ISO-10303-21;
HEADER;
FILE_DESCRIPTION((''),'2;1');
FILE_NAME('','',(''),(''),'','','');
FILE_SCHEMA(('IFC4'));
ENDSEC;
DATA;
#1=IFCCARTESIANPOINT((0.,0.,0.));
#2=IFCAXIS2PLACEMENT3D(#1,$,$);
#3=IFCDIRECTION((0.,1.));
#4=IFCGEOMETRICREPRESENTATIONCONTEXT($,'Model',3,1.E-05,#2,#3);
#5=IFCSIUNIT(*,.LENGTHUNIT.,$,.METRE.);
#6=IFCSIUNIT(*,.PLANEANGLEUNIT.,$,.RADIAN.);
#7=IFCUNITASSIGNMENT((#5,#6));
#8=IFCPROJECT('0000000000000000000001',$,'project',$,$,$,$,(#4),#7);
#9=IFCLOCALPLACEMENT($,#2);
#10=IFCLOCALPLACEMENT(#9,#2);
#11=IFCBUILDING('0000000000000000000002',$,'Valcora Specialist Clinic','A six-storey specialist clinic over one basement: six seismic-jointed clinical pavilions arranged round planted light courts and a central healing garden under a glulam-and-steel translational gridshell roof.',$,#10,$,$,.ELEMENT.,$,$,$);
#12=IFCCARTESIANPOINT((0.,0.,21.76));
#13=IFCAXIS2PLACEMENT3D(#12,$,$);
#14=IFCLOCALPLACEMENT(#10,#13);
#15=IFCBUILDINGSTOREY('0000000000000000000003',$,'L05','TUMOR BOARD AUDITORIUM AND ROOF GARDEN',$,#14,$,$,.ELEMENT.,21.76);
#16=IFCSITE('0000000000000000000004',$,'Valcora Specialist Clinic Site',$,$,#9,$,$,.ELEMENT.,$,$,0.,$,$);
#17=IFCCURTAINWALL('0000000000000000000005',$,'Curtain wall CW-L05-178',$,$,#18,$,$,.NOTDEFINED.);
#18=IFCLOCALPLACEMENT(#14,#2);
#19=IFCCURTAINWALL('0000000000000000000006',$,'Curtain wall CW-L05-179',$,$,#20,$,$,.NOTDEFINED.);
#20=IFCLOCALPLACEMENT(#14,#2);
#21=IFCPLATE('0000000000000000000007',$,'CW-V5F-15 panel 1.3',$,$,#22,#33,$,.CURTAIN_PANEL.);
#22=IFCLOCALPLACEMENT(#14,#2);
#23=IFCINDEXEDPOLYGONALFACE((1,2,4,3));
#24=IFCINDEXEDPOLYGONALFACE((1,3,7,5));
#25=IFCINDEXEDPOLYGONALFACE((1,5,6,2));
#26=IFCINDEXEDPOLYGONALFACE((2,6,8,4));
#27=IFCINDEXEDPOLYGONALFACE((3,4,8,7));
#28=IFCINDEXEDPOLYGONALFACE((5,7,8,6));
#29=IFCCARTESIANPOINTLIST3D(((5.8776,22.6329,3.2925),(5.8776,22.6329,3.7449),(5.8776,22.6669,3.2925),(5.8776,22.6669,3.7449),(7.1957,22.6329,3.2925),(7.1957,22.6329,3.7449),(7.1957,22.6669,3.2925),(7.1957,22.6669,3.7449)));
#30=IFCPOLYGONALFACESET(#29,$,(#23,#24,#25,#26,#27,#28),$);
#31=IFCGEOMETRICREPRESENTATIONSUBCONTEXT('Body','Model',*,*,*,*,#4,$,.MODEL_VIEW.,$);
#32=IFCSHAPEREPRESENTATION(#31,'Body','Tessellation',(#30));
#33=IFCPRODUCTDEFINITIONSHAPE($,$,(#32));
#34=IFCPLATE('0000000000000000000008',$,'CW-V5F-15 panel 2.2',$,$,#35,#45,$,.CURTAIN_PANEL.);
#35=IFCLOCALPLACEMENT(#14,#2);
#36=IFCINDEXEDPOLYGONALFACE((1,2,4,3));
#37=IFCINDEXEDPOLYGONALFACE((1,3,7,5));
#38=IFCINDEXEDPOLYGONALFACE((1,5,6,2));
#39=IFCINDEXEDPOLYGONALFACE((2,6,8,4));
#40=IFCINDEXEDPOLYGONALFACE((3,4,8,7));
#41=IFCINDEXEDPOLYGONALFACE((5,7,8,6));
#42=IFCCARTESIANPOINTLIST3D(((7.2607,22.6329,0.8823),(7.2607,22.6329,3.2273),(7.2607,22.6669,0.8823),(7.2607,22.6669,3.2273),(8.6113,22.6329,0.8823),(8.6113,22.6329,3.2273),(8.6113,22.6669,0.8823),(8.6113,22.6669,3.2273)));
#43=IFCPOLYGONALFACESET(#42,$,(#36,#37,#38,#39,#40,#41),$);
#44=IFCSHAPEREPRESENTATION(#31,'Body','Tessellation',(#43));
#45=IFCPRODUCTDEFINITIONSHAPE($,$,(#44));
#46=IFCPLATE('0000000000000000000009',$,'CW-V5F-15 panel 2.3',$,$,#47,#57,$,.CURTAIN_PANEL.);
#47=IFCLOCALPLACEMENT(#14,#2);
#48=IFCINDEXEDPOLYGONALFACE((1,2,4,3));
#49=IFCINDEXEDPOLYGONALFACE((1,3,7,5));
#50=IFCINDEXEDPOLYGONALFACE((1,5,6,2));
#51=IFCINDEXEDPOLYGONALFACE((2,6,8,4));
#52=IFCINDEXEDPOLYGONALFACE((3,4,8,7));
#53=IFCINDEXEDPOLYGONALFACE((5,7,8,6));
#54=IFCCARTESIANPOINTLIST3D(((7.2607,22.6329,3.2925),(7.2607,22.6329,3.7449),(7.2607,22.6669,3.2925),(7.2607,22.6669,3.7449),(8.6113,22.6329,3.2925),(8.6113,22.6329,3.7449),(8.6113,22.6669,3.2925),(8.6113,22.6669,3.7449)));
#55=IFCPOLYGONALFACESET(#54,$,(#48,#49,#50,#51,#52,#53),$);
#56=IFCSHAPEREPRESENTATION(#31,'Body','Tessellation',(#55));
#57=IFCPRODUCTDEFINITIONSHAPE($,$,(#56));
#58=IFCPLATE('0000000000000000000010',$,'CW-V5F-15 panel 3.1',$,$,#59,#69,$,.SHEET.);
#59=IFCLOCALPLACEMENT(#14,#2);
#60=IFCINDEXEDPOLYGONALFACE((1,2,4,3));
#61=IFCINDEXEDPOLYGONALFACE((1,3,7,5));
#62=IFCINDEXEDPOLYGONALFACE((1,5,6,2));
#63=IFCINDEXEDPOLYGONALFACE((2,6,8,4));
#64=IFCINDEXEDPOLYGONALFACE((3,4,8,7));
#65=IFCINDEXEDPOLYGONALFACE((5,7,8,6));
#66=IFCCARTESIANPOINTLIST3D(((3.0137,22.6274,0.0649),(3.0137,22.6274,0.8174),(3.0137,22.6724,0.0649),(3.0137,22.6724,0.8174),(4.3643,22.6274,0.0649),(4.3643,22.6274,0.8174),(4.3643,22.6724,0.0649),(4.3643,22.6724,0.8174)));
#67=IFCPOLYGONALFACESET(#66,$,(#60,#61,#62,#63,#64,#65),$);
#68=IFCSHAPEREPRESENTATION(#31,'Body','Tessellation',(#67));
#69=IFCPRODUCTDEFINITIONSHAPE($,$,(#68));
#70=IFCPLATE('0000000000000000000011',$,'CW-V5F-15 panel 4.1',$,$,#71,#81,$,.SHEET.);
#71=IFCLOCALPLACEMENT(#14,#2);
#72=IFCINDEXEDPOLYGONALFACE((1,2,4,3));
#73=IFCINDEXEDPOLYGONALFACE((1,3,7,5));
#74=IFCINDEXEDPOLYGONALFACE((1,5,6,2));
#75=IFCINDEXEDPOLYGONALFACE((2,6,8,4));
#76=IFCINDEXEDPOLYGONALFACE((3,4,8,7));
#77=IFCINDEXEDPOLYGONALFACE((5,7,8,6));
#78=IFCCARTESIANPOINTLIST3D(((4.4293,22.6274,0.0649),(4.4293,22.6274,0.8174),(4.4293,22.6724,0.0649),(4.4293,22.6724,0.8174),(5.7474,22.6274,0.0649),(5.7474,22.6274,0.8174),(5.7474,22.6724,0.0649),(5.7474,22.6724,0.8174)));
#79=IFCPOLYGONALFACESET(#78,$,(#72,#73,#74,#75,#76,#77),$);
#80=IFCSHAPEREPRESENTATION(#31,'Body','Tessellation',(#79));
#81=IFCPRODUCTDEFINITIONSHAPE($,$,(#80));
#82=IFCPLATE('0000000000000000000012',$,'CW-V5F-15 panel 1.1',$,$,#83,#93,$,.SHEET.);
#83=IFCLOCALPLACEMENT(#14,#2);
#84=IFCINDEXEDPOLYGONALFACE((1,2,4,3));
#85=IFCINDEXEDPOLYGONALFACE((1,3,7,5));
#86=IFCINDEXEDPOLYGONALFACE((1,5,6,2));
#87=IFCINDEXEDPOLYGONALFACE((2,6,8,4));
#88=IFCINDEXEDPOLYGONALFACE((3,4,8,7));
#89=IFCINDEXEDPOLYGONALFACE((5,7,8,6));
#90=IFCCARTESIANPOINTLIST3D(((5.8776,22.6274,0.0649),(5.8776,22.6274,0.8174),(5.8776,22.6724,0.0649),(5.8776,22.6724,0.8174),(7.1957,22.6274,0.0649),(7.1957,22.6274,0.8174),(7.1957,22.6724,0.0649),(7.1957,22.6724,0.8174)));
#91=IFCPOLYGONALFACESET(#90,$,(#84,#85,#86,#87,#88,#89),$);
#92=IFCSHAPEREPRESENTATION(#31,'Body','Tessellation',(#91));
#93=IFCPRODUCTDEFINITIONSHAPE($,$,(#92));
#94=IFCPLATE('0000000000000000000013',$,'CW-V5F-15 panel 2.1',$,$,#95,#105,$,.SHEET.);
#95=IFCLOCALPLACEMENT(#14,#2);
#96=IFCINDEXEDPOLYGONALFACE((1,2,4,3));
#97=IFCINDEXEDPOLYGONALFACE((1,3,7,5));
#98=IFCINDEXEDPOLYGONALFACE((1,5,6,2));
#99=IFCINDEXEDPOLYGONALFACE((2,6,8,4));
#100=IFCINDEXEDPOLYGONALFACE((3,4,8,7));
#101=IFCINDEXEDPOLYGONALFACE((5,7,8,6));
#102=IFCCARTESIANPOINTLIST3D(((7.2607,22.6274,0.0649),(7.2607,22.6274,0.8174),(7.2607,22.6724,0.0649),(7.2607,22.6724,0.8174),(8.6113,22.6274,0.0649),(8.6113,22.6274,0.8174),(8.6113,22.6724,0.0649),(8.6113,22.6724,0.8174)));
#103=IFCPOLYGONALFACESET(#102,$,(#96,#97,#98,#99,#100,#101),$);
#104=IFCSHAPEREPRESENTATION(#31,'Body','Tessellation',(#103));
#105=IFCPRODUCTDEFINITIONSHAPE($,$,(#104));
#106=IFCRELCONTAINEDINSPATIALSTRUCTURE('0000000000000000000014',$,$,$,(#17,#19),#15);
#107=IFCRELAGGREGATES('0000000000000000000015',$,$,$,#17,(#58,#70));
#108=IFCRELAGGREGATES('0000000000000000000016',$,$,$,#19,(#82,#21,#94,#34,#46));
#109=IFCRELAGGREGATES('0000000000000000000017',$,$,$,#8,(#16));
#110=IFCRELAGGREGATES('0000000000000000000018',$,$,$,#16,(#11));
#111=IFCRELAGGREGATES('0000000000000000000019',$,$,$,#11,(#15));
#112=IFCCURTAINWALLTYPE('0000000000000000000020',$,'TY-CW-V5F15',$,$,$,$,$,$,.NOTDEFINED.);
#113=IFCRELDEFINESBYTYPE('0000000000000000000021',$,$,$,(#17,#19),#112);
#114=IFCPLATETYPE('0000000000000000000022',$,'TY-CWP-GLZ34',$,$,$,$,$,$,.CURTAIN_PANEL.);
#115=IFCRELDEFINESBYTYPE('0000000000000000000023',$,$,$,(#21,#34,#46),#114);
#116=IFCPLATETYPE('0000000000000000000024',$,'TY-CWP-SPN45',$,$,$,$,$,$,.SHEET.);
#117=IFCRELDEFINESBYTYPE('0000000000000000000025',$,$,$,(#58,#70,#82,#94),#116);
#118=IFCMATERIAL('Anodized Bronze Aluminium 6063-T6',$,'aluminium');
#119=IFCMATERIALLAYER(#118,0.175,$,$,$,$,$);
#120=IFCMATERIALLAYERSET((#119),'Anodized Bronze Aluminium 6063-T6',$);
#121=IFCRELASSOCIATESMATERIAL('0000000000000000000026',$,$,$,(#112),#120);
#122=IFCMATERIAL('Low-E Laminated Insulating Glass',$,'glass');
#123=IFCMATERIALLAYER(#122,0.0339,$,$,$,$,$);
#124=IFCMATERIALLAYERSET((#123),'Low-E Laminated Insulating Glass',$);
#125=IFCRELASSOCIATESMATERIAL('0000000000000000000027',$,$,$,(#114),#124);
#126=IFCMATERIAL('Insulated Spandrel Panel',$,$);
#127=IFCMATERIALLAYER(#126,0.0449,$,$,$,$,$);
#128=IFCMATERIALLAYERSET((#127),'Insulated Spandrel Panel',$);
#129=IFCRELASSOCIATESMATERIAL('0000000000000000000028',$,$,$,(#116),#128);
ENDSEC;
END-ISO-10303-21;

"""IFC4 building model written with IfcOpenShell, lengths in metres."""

from ifc_helpers import new_model, si_unit, direction, frame, origin, origin_2d, place, context, subcontext, project, spatial, rectangle, extrude, material, layer, layer_set, type_object, element, aggregate, save


model = new_model("IFC4")

# Units and contexts
model_context = context("Model", 3, precision=1e-05, world=origin(), true_north=direction((0.0, 1.0)))
body_context = subcontext(model_context, "Body", "Model", "MODEL_VIEW")
ifc_project = project(units=[si_unit("LENGTHUNIT", "METRE"), si_unit("PLANEANGLEUNIT", "RADIAN")], contexts=[model_context])

# Site, building, storey
site_placement = place(None, origin())
site = spatial("IfcSite", under=ifc_project, at=site_placement, Name="Valcora Specialist Clinic Site", CompositionType="ELEMENT", RefElevation=0.0)
building_placement = place(site_placement, origin())
building = spatial("IfcBuilding", under=site, at=building_placement, Name="Valcora Specialist Clinic", Description="A six-storey specialist clinic over one basement: six seismic-jointed clinical pavilions arranged round planted light courts and a central healing garden under a glulam-and-steel translational gridshell roof.", CompositionType="ELEMENT")
storey_placement = place(building_placement, frame((0.0, 0.0, 21.76)))
storey = spatial("IfcBuildingStorey", under=building, at=storey_placement, Name="L05", Description="TUMOR BOARD AUDITORIUM AND ROOF GARDEN", CompositionType="ELEMENT", Elevation=21.76)

# Curtain walls
ifc_material_1 = material(Name="Anodized Bronze Aluminium 6063-T6", Category="aluminium")
ifc_layer_1 = layer(ifc_material_1, 0.175)
ifc_layer_set_1 = layer_set([ifc_layer_1], Name="Anodized Bronze Aluminium 6063-T6")
curtain_wall_type = type_object("IfcCurtainWallType", Name="TY-CW-V5F15", PredefinedType="NOTDEFINED", material=ifc_layer_set_1)
curtain_wall_1_placement = place(storey_placement, origin())
curtain_wall_1 = element("IfcCurtainWall", 1, at=curtain_wall_1_placement, inside=storey, type_object=curtain_wall_type, Name="Curtain wall CW-L05-178", PredefinedType="NOTDEFINED")
curtain_wall_2_placement = place(storey_placement, origin())
curtain_wall_2 = element("IfcCurtainWall", 2, at=curtain_wall_2_placement, inside=storey, type_object=curtain_wall_type, Name="Curtain wall CW-L05-179", PredefinedType="NOTDEFINED")

# Plates
ifc_material_2 = material(Name="Low-E Laminated Insulating Glass", Category="glass")
ifc_layer_2 = layer(ifc_material_2, 0.0339)
ifc_layer_set_2 = layer_set([ifc_layer_2], Name="Low-E Laminated Insulating Glass")
plate_type_1 = type_object("IfcPlateType", Name="TY-CWP-GLZ34", PredefinedType="CURTAIN_PANEL", material=ifc_layer_set_2)
plate_1_placement = place(storey_placement, frame((6.5366, 22.6499, 3.2925), z_axis=(0.0, 0.0, 1.0), x_axis=(1.0, 0.0, 0.0)))
plate_1 = element("IfcPlate", 3, at=plate_1_placement, type_object=plate_type_1, Name="CW-V5F-15 panel 1.3", PredefinedType="CURTAIN_PANEL", context=body_context, shape_type="SweptSolid", body=[
    extrude(rectangle(XDim=1.3181, YDim=0.0339, at=origin_2d()), origin(), (0.0, 0.0, 1.0), 0.4524),
])
plate_2_placement = place(storey_placement, frame((7.936, 22.6499, 0.8823), z_axis=(0.0, 0.0, 1.0), x_axis=(1.0, 0.0, 0.0)))
plate_2 = element("IfcPlate", 4, at=plate_2_placement, type_object=plate_type_1, Name="CW-V5F-15 panel 2.2", PredefinedType="CURTAIN_PANEL", context=body_context, shape_type="SweptSolid", body=[
    extrude(rectangle(XDim=1.3506, YDim=0.0339, at=origin_2d()), origin(), (0.0, 0.0, 1.0), 2.345),
])
plate_3_placement = place(storey_placement, frame((7.936, 22.6499, 3.2925), z_axis=(0.0, 0.0, 1.0), x_axis=(1.0, 0.0, 0.0)))
plate_3 = element("IfcPlate", 5, at=plate_3_placement, type_object=plate_type_1, Name="CW-V5F-15 panel 2.3", PredefinedType="CURTAIN_PANEL", context=body_context, shape_type="SweptSolid", body=[
    extrude(rectangle(XDim=1.3506, YDim=0.0339, at=origin_2d()), origin(), (0.0, 0.0, 1.0), 0.4524),
])
ifc_material_3 = material(Name="Insulated Spandrel Panel")
ifc_layer_3 = layer(ifc_material_3, 0.0449)
ifc_layer_set_3 = layer_set([ifc_layer_3], Name="Insulated Spandrel Panel")
plate_type_2 = type_object("IfcPlateType", Name="TY-CWP-SPN45", PredefinedType="SHEET", material=ifc_layer_set_3)
plate_4_placement = place(storey_placement, frame((3.689, 22.6499, 0.0649), z_axis=(0.0, 0.0, 1.0), x_axis=(1.0, 0.0, 0.0)))
plate_4 = element("IfcPlate", 6, at=plate_4_placement, type_object=plate_type_2, Name="CW-V5F-15 panel 3.1", PredefinedType="SHEET", context=body_context, shape_type="SweptSolid", body=[
    extrude(rectangle(XDim=1.3506, YDim=0.0449, at=origin_2d()), origin(), (0.0, 0.0, 1.0), 0.7524),
])
plate_5_placement = place(storey_placement, frame((5.0884, 22.6499, 0.0649), z_axis=(0.0, 0.0, 1.0), x_axis=(1.0, 0.0, 0.0)))
plate_5 = element("IfcPlate", 7, at=plate_5_placement, type_object=plate_type_2, Name="CW-V5F-15 panel 4.1", PredefinedType="SHEET", context=body_context, shape_type="SweptSolid", body=[
    extrude(rectangle(XDim=1.3181, YDim=0.0449, at=origin_2d()), origin(), (0.0, 0.0, 1.0), 0.7524),
])
aggregate(curtain_wall_1, [plate_4, plate_5])
plate_6_placement = place(storey_placement, frame((6.5366, 22.6499, 0.0649), z_axis=(0.0, 0.0, 1.0), x_axis=(1.0, 0.0, 0.0)))
plate_6 = element("IfcPlate", 8, at=plate_6_placement, type_object=plate_type_2, Name="CW-V5F-15 panel 1.1", PredefinedType="SHEET", context=body_context, shape_type="SweptSolid", body=[
    extrude(rectangle(XDim=1.3181, YDim=0.0449, at=origin_2d()), origin(), (0.0, 0.0, 1.0), 0.7524),
])
plate_7_placement = place(storey_placement, frame((7.936, 22.6499, 0.0649), z_axis=(0.0, 0.0, 1.0), x_axis=(1.0, 0.0, 0.0)))
plate_7 = element("IfcPlate", 9, at=plate_7_placement, type_object=plate_type_2, Name="CW-V5F-15 panel 2.1", PredefinedType="SHEET", context=body_context, shape_type="SweptSolid", body=[
    extrude(rectangle(XDim=1.3506, YDim=0.0449, at=origin_2d()), origin(), (0.0, 0.0, 1.0), 0.7524),
])
aggregate(curtain_wall_2, [plate_6, plate_1, plate_7, plate_2, plate_3])

save(model, "model.ifc")
